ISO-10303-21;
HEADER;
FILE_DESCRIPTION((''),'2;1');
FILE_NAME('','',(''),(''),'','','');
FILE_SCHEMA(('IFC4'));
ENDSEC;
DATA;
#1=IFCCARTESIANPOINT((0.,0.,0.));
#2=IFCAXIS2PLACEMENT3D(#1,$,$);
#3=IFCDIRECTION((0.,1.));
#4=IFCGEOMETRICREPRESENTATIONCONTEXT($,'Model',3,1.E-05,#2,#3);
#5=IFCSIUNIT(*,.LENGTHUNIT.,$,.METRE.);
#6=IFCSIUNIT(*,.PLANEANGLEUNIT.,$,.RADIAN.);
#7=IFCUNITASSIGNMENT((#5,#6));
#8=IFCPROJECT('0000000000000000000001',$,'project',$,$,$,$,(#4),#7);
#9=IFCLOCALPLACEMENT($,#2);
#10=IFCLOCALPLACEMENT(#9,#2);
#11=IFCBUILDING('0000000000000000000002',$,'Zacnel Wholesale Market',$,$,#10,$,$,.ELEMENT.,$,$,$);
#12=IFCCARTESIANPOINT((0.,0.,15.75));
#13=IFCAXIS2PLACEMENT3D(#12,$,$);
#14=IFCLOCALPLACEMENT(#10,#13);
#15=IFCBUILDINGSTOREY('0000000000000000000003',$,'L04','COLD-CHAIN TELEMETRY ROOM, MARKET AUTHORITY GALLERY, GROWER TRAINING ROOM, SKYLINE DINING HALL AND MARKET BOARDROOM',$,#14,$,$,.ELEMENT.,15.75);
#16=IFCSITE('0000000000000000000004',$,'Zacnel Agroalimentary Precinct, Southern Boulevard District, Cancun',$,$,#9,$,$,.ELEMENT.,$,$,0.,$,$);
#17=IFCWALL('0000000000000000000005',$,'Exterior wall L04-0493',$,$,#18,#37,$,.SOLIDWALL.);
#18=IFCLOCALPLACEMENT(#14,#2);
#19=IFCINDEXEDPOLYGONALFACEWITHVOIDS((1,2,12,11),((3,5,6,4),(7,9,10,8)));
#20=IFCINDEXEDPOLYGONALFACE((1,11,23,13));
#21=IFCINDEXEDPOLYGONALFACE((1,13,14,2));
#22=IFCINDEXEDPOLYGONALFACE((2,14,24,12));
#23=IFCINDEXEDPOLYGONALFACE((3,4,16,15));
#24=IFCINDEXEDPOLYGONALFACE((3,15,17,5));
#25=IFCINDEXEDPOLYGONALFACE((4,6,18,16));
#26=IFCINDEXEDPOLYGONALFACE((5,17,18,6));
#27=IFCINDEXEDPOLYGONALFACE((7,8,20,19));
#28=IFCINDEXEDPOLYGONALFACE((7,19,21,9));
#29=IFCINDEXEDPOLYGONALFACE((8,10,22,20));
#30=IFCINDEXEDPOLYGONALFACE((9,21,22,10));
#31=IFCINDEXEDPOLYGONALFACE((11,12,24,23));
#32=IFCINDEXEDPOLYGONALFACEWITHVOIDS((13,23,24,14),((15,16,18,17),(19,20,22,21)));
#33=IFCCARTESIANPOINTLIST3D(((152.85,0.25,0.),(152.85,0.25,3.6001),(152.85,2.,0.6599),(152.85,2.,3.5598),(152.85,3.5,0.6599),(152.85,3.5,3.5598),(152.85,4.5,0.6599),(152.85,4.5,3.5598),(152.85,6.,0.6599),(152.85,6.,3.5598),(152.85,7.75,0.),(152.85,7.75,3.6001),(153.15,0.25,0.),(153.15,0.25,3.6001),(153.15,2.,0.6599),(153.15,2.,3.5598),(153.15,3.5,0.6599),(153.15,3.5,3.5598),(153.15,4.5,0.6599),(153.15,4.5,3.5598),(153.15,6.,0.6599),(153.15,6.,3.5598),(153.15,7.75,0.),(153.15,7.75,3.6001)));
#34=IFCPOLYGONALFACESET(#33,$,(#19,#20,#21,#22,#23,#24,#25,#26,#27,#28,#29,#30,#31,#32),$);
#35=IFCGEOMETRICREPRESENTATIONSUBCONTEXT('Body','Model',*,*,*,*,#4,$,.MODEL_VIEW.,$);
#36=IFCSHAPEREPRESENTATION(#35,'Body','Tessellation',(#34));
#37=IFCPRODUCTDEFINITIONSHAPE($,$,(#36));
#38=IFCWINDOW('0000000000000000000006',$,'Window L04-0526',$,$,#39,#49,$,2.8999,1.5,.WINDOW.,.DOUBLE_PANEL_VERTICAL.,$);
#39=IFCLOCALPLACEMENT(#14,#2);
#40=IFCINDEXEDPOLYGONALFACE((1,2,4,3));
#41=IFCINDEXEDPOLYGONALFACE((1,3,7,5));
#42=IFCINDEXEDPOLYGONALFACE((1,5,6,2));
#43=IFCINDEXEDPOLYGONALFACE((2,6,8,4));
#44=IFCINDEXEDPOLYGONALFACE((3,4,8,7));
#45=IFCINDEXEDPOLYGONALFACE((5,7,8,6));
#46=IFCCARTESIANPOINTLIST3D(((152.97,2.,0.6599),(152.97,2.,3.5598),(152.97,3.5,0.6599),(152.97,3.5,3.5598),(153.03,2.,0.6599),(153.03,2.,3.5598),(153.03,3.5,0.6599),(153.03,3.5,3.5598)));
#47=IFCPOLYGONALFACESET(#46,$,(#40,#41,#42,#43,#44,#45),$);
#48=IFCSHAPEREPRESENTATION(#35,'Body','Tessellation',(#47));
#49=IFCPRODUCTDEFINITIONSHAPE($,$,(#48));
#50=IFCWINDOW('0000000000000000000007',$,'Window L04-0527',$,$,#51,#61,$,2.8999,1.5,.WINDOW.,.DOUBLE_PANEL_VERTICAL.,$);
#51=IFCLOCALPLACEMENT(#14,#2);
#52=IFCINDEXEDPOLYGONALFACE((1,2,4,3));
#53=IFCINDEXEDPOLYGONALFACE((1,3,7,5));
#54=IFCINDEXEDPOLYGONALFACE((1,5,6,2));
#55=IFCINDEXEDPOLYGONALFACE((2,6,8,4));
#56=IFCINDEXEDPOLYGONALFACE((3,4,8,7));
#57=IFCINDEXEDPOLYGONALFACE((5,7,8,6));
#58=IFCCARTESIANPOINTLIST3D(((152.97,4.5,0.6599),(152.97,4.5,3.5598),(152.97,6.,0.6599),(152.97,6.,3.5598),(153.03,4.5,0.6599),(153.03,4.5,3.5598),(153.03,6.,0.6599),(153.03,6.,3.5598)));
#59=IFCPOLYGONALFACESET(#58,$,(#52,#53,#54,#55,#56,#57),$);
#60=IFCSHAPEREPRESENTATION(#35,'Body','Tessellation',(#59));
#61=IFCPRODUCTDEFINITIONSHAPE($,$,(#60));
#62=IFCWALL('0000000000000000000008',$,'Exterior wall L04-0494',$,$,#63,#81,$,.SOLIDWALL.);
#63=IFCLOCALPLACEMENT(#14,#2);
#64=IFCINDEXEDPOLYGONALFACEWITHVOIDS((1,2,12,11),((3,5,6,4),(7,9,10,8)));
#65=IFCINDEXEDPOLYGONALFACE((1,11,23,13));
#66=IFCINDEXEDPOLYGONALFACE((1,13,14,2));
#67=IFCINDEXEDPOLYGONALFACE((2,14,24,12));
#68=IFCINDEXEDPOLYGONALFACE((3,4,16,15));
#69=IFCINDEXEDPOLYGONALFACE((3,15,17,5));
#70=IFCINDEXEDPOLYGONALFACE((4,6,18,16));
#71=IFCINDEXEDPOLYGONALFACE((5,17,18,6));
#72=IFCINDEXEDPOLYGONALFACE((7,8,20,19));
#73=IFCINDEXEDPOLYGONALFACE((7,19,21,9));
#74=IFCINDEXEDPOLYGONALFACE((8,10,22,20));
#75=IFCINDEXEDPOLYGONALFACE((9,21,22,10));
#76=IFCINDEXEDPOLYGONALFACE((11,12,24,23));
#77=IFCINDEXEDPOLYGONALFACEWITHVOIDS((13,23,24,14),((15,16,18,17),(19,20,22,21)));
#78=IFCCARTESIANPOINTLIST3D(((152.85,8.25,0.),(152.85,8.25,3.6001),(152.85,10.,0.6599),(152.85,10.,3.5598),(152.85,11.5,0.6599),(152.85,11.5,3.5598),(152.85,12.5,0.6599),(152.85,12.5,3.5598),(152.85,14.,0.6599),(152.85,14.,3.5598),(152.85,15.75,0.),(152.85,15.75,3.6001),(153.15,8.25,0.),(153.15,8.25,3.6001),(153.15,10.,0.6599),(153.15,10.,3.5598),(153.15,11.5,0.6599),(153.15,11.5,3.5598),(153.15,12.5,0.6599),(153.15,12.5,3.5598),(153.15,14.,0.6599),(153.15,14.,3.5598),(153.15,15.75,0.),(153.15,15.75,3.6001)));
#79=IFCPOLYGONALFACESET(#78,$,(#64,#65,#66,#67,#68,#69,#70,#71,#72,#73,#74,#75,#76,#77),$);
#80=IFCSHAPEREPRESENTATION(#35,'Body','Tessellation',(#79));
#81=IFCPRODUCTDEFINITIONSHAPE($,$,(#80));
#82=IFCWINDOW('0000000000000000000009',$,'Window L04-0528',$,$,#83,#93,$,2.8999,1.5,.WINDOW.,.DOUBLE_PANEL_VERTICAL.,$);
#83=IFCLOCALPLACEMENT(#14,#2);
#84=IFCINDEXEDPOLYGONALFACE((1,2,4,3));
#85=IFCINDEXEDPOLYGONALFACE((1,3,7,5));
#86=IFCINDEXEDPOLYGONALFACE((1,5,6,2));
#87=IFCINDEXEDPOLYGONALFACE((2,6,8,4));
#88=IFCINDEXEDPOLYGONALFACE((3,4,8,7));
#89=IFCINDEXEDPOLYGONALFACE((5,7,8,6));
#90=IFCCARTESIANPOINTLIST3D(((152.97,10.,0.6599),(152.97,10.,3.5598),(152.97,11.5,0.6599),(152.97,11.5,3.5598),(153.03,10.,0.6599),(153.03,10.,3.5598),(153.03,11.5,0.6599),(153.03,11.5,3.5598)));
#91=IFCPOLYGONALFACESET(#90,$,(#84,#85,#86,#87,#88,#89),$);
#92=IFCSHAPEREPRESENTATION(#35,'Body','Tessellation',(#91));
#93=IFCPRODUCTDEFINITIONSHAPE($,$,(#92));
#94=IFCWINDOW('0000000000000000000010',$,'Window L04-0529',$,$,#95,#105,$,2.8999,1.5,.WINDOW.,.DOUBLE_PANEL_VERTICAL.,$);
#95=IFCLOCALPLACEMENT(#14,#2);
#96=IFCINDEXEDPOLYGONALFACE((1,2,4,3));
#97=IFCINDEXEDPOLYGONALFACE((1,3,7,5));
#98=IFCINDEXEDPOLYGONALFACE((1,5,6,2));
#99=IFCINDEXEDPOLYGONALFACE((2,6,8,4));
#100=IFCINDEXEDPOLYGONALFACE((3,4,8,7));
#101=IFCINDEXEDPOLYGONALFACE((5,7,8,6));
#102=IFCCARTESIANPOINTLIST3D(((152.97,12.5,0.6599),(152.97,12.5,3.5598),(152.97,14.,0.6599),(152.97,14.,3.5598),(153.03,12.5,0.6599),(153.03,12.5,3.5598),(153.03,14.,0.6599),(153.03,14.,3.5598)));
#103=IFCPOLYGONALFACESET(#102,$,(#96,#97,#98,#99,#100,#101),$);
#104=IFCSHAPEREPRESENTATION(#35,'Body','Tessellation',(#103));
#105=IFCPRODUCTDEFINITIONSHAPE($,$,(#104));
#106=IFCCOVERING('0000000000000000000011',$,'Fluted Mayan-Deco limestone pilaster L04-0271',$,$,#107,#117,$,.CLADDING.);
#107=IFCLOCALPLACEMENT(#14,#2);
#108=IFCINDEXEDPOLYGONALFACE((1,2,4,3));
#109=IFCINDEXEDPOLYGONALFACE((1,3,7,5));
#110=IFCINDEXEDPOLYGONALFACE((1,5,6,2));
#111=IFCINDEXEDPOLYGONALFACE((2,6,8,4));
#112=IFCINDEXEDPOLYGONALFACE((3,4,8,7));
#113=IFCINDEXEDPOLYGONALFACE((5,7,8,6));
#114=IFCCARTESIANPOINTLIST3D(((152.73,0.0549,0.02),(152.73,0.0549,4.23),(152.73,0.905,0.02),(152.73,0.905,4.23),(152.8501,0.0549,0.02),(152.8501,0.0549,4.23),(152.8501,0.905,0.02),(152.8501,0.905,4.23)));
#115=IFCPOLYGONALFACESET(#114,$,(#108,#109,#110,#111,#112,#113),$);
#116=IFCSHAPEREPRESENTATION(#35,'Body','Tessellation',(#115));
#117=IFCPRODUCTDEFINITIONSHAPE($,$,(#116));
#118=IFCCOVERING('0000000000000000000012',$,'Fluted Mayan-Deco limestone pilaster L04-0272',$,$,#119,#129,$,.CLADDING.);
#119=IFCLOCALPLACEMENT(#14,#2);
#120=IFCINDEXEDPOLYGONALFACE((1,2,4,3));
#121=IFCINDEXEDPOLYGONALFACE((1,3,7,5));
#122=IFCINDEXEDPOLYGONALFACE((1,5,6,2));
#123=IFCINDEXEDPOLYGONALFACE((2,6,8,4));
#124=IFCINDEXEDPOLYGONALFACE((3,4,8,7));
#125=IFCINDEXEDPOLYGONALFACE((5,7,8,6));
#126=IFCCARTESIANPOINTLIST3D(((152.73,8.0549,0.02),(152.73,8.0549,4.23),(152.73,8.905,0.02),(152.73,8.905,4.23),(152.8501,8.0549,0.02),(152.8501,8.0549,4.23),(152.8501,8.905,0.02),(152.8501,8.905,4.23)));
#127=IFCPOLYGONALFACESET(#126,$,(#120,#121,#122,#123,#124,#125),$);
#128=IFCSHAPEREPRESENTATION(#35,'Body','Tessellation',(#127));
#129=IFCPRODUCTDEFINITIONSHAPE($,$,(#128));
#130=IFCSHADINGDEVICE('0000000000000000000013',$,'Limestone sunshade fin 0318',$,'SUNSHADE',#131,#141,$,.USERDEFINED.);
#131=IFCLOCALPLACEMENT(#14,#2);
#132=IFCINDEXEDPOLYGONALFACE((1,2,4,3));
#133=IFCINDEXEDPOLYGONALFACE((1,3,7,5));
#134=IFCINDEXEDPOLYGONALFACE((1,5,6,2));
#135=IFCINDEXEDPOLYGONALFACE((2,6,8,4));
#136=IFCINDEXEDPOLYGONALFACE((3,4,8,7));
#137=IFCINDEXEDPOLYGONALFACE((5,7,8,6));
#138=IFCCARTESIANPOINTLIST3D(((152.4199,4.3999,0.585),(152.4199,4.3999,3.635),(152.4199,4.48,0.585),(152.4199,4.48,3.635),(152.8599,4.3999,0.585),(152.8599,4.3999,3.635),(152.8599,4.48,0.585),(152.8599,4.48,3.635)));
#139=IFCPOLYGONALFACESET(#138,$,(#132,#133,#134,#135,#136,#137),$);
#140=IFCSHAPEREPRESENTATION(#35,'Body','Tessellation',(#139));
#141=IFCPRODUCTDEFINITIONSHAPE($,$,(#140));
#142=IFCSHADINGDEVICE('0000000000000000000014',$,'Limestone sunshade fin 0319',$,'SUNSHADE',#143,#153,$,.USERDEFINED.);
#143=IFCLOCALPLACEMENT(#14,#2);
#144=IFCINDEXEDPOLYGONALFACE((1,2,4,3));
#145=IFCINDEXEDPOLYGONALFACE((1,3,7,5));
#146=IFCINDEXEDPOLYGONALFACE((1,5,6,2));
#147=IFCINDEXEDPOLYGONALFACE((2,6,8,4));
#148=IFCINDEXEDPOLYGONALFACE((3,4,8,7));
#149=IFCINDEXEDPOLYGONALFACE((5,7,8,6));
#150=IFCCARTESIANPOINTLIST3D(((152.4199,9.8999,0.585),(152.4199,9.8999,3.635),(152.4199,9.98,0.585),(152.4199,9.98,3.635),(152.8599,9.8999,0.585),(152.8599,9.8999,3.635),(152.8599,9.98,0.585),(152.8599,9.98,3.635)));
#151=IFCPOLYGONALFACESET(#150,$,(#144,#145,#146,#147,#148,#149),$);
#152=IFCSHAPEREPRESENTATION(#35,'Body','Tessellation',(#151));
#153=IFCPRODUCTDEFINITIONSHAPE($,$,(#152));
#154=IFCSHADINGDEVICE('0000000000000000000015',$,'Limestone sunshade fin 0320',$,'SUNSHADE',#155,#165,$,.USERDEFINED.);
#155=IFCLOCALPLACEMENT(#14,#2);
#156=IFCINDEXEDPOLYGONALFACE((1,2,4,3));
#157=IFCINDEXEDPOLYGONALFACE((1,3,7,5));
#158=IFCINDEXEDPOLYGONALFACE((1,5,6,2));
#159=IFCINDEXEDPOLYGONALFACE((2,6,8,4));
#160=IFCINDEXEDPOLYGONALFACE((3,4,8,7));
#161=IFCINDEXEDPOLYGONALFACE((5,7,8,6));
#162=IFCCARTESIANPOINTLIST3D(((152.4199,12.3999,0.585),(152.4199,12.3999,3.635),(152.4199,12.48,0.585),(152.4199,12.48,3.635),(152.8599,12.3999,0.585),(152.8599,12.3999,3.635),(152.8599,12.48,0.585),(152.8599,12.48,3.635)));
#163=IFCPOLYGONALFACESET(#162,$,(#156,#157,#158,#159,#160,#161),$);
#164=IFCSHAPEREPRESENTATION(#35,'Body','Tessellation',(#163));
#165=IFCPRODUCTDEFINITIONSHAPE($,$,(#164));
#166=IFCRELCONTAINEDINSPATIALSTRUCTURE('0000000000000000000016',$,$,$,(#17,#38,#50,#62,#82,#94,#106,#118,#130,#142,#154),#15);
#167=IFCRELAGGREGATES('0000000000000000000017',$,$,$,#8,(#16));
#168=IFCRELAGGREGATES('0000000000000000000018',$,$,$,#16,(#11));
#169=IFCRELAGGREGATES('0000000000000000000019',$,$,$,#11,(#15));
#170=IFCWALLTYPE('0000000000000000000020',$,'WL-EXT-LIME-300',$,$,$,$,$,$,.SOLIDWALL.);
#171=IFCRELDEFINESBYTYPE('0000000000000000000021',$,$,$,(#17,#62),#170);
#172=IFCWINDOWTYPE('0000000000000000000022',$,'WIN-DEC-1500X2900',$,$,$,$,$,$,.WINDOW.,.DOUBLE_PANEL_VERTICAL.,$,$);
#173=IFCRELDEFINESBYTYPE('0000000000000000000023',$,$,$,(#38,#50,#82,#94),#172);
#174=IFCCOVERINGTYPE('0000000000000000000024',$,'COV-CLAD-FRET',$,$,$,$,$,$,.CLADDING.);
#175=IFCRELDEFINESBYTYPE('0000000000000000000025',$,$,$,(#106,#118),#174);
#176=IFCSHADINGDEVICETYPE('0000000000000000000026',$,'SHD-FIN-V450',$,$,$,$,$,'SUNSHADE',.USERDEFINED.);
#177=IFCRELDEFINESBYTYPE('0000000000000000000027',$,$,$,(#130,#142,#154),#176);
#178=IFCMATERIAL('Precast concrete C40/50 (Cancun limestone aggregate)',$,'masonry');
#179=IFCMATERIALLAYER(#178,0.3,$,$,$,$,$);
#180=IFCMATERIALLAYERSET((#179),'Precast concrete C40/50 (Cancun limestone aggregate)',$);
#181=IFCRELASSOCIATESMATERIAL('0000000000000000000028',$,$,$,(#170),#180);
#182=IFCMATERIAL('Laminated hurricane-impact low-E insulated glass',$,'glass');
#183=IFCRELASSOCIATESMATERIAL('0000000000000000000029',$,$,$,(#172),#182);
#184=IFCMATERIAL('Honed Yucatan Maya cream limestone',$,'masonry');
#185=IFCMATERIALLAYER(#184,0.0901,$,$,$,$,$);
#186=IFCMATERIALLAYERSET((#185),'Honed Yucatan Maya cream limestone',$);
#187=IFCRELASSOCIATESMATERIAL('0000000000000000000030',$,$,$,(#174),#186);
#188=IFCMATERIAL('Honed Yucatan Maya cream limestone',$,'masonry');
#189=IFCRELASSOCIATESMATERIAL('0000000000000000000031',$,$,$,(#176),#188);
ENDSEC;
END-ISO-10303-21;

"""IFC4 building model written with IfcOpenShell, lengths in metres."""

from ifc_helpers import new_model, si_unit, direction, frame, frame_2d, origin, origin_2d, place, context, subcontext, project, spatial, rectangle, extrude, material, layer, layer_set, type_object, element, fill, save


model = new_model("IFC4")

# Units and contexts
model_context = context("Model", 3, precision=1e-05, world=origin(), true_north=direction((0.0, 1.0)))
body_context = subcontext(model_context, "Body", "Model", "MODEL_VIEW")
ifc_project = project(units=[si_unit("LENGTHUNIT", "METRE"), si_unit("PLANEANGLEUNIT", "RADIAN")], contexts=[model_context])

# Site, building, storey
site_placement = place(None, origin())
site = spatial("IfcSite", under=ifc_project, at=site_placement, Name="Zacnel Agroalimentary Precinct, Southern Boulevard District, Cancun", CompositionType="ELEMENT", RefElevation=0.0)
building_placement = place(site_placement, origin())
building = spatial("IfcBuilding", under=site, at=building_placement, Name="Zacnel Wholesale Market", CompositionType="ELEMENT")
storey_placement = place(building_placement, frame((0.0, 0.0, 15.75)))
storey = spatial("IfcBuildingStorey", under=building, at=storey_placement, Name="L04", Description="COLD-CHAIN TELEMETRY ROOM, MARKET AUTHORITY GALLERY, GROWER TRAINING ROOM, SKYLINE DINING HALL AND MARKET BOARDROOM", CompositionType="ELEMENT", Elevation=15.75)

# Walls, openings, windows
ifc_material_1 = material(Name="Precast concrete C40/50 (Cancun limestone aggregate)", Category="masonry")
ifc_layer_1 = layer(ifc_material_1, 0.3)
ifc_layer_set_1 = layer_set([ifc_layer_1], Name="Precast concrete C40/50 (Cancun limestone aggregate)")
wall_type = type_object("IfcWallType", Name="WL-EXT-LIME-300", PredefinedType="SOLIDWALL", material=ifc_layer_set_1)
ifc_material_2 = material(Name="Laminated hurricane-impact low-E insulated glass", Category="glass")
window_type = type_object("IfcWindowType", Name="WIN-DEC-1500X2900", PartitioningType="DOUBLE_PANEL_VERTICAL", PredefinedType="WINDOW", material=ifc_material_2)
wall_1_placement = place(storey_placement, frame((153.0, 0.25, 0.0), z_axis=(0.0, 0.0, 1.0), x_axis=(0.0, 1.0, 0.0)))
wall_1 = element("IfcWall", 1, at=wall_1_placement, inside=storey, type_object=wall_type, Name="Exterior wall L04-0493", PredefinedType="SOLIDWALL", context=body_context, shape_type="SweptSolid", body=[
    extrude(rectangle(XDim=7.5, YDim=0.3, at=frame_2d((3.75, 0.0))), origin(), (0.0, 0.0, 1.0), 3.6001),
])
opening_1_placement = place(wall_1_placement, frame((1.75, 0.0, 0.6599)))
opening_1 = element("IfcOpeningElement", 2, at=opening_1_placement, cuts=wall_1, PredefinedType="OPENING", context=body_context, shape_type="SweptSolid", body=[
    extrude(rectangle(XDim=1.5, YDim=2.8999, at=frame_2d((0.75, 1.45))), frame((0.0, 0.1599, 0.0), z_axis=(0.0, -1.0, 0.0), x_axis=(1.0, 0.0, 0.0)), (0.0, 0.0, 1.0), 0.3201),
])
opening_2_placement = place(wall_1_placement, frame((4.25, 0.0, 0.6599)))
opening_2 = element("IfcOpeningElement", 3, at=opening_2_placement, cuts=wall_1, PredefinedType="OPENING", context=body_context, shape_type="SweptSolid", body=[
    extrude(rectangle(XDim=1.5, YDim=2.8999, at=frame_2d((0.75, 1.45))), frame((0.0, 0.1599, 0.0), z_axis=(0.0, -1.0, 0.0), x_axis=(1.0, 0.0, 0.0)), (0.0, 0.0, 1.0), 0.3201),
])
window_1_placement = place(opening_1_placement, origin())
window_1 = element("IfcWindow", 4, at=window_1_placement, inside=storey, type_object=window_type, Name="Window L04-0526", OverallHeight=2.8999, OverallWidth=1.5, PartitioningType="DOUBLE_PANEL_VERTICAL", PredefinedType="WINDOW", context=body_context, shape_type="SweptSolid", body=[
    extrude(rectangle(XDim=1.5, YDim=2.8999, at=frame_2d((0.75, 1.45))), frame((0.0, 0.03, 0.0), z_axis=(0.0, -1.0, 0.0), x_axis=(1.0, 0.0, 0.0)), (0.0, 0.0, 1.0), 0.0601),
])
fill(opening_1, window_1)
window_2_placement = place(opening_2_placement, origin())
window_2 = element("IfcWindow", 5, at=window_2_placement, inside=storey, type_object=window_type, Name="Window L04-0527", OverallHeight=2.8999, OverallWidth=1.5, PartitioningType="DOUBLE_PANEL_VERTICAL", PredefinedType="WINDOW", context=body_context, shape_type="SweptSolid", body=[
    extrude(rectangle(XDim=1.5, YDim=2.8999, at=frame_2d((0.75, 1.45))), frame((0.0, 0.03, 0.0), z_axis=(0.0, -1.0, 0.0), x_axis=(1.0, 0.0, 0.0)), (0.0, 0.0, 1.0), 0.0601),
])
fill(opening_2, window_2)
wall_2_placement = place(storey_placement, frame((153.0, 8.25, 0.0), z_axis=(0.0, 0.0, 1.0), x_axis=(0.0, 1.0, 0.0)))
wall_2 = element("IfcWall", 6, at=wall_2_placement, inside=storey, type_object=wall_type, Name="Exterior wall L04-0494", PredefinedType="SOLIDWALL", context=body_context, shape_type="SweptSolid", body=[
    extrude(rectangle(XDim=7.5, YDim=0.3, at=frame_2d((3.75, 0.0))), origin(), (0.0, 0.0, 1.0), 3.6001),
])
opening_3_placement = place(wall_2_placement, frame((1.75, 0.0, 0.6599)))
opening_3 = element("IfcOpeningElement", 7, at=opening_3_placement, cuts=wall_2, PredefinedType="OPENING", context=body_context, shape_type="SweptSolid", body=[
    extrude(rectangle(XDim=1.5, YDim=2.8999, at=frame_2d((0.75, 1.45))), frame((0.0, 0.1599, 0.0), z_axis=(0.0, -1.0, 0.0), x_axis=(1.0, 0.0, 0.0)), (0.0, 0.0, 1.0), 0.3201),
])
opening_4_placement = place(wall_2_placement, frame((4.25, 0.0, 0.6599)))
opening_4 = element("IfcOpeningElement", 8, at=opening_4_placement, cuts=wall_2, PredefinedType="OPENING", context=body_context, shape_type="SweptSolid", body=[
    extrude(rectangle(XDim=1.5, YDim=2.8999, at=frame_2d((0.75, 1.45))), frame((0.0, 0.1599, 0.0), z_axis=(0.0, -1.0, 0.0), x_axis=(1.0, 0.0, 0.0)), (0.0, 0.0, 1.0), 0.3201),
])
window_3_placement = place(opening_3_placement, origin())
window_3 = element("IfcWindow", 9, at=window_3_placement, inside=storey, type_object=window_type, Name="Window L04-0528", OverallHeight=2.8999, OverallWidth=1.5, PartitioningType="DOUBLE_PANEL_VERTICAL", PredefinedType="WINDOW", context=body_context, shape_type="SweptSolid", body=[
    extrude(rectangle(XDim=1.5, YDim=2.8999, at=frame_2d((0.75, 1.45))), frame((0.0, 0.03, 0.0), z_axis=(0.0, -1.0, 0.0), x_axis=(1.0, 0.0, 0.0)), (0.0, 0.0, 1.0), 0.0601),
])
fill(opening_3, window_3)
window_4_placement = place(opening_4_placement, origin())
window_4 = element("IfcWindow", 10, at=window_4_placement, inside=storey, type_object=window_type, Name="Window L04-0529", OverallHeight=2.8999, OverallWidth=1.5, PartitioningType="DOUBLE_PANEL_VERTICAL", PredefinedType="WINDOW", context=body_context, shape_type="SweptSolid", body=[
    extrude(rectangle(XDim=1.5, YDim=2.8999, at=frame_2d((0.75, 1.45))), frame((0.0, 0.03, 0.0), z_axis=(0.0, -1.0, 0.0), x_axis=(1.0, 0.0, 0.0)), (0.0, 0.0, 1.0), 0.0601),
])
fill(opening_4, window_4)

# Coverings
ifc_material_3 = material(Name="Honed Yucatan Maya cream limestone", Category="masonry")
ifc_layer_2 = layer(ifc_material_3, 0.0901)
ifc_layer_set_2 = layer_set([ifc_layer_2], Name="Honed Yucatan Maya cream limestone")
covering_type = type_object("IfcCoveringType", Name="COV-CLAD-FRET", PredefinedType="CLADDING", material=ifc_layer_set_2)
for number, where, z_axis, x_axis, name in (
    (11, (152.79, 0.48, 0.02), (0.0, 0.0, 1.0), (0.0, 1.0, 0.0), "Fluted Mayan-Deco limestone pilaster L04-0271"),
    (12, (152.79, 8.48, 0.02), (0.0, 0.0, 1.0), (0.0, 1.0, 0.0), "Fluted Mayan-Deco limestone pilaster L04-0272"),
):
    element("IfcCovering", number, at=place(storey_placement, frame(where, z_axis=z_axis, x_axis=x_axis)), inside=storey, type_object=covering_type, Name=name, PredefinedType="CLADDING", context=body_context, shape_type="SweptSolid", body=[
        extrude(rectangle(XDim=0.8501, YDim=0.1201, at=origin_2d()), origin(), (0.0, 0.0, 1.0), 4.21),
    ])

# Shading devices
ifc_material_4 = material(Name="Honed Yucatan Maya cream limestone", Category="masonry")
shading_device_type = type_object("IfcShadingDeviceType", Name="SHD-FIN-V450", ElementType="SUNSHADE", PredefinedType="USERDEFINED", material=ifc_material_4)
for number, where, z_axis, x_axis, name in (
    (13, (152.6399, 4.4399, 0.585), (0.0, 0.0, 1.0), (0.0, 1.0, 0.0), "Limestone sunshade fin 0318"),
    (14, (152.6399, 9.9399, 0.585), (0.0, 0.0, 1.0), (0.0, 1.0, 0.0), "Limestone sunshade fin 0319"),
    (15, (152.6399, 12.4399, 0.585), (0.0, 0.0, 1.0), (0.0, 1.0, 0.0), "Limestone sunshade fin 0320"),
):
    element("IfcShadingDevice", number, at=place(storey_placement, frame(where, z_axis=z_axis, x_axis=x_axis)), inside=storey, type_object=shading_device_type, Name=name, ObjectType="SUNSHADE", PredefinedType="USERDEFINED", context=body_context, shape_type="SweptSolid", body=[
        extrude(rectangle(XDim=0.0801, YDim=0.4399, at=origin_2d()), origin(), (0.0, 0.0, 1.0), 3.05),
    ])

save(model, "model.ifc")
